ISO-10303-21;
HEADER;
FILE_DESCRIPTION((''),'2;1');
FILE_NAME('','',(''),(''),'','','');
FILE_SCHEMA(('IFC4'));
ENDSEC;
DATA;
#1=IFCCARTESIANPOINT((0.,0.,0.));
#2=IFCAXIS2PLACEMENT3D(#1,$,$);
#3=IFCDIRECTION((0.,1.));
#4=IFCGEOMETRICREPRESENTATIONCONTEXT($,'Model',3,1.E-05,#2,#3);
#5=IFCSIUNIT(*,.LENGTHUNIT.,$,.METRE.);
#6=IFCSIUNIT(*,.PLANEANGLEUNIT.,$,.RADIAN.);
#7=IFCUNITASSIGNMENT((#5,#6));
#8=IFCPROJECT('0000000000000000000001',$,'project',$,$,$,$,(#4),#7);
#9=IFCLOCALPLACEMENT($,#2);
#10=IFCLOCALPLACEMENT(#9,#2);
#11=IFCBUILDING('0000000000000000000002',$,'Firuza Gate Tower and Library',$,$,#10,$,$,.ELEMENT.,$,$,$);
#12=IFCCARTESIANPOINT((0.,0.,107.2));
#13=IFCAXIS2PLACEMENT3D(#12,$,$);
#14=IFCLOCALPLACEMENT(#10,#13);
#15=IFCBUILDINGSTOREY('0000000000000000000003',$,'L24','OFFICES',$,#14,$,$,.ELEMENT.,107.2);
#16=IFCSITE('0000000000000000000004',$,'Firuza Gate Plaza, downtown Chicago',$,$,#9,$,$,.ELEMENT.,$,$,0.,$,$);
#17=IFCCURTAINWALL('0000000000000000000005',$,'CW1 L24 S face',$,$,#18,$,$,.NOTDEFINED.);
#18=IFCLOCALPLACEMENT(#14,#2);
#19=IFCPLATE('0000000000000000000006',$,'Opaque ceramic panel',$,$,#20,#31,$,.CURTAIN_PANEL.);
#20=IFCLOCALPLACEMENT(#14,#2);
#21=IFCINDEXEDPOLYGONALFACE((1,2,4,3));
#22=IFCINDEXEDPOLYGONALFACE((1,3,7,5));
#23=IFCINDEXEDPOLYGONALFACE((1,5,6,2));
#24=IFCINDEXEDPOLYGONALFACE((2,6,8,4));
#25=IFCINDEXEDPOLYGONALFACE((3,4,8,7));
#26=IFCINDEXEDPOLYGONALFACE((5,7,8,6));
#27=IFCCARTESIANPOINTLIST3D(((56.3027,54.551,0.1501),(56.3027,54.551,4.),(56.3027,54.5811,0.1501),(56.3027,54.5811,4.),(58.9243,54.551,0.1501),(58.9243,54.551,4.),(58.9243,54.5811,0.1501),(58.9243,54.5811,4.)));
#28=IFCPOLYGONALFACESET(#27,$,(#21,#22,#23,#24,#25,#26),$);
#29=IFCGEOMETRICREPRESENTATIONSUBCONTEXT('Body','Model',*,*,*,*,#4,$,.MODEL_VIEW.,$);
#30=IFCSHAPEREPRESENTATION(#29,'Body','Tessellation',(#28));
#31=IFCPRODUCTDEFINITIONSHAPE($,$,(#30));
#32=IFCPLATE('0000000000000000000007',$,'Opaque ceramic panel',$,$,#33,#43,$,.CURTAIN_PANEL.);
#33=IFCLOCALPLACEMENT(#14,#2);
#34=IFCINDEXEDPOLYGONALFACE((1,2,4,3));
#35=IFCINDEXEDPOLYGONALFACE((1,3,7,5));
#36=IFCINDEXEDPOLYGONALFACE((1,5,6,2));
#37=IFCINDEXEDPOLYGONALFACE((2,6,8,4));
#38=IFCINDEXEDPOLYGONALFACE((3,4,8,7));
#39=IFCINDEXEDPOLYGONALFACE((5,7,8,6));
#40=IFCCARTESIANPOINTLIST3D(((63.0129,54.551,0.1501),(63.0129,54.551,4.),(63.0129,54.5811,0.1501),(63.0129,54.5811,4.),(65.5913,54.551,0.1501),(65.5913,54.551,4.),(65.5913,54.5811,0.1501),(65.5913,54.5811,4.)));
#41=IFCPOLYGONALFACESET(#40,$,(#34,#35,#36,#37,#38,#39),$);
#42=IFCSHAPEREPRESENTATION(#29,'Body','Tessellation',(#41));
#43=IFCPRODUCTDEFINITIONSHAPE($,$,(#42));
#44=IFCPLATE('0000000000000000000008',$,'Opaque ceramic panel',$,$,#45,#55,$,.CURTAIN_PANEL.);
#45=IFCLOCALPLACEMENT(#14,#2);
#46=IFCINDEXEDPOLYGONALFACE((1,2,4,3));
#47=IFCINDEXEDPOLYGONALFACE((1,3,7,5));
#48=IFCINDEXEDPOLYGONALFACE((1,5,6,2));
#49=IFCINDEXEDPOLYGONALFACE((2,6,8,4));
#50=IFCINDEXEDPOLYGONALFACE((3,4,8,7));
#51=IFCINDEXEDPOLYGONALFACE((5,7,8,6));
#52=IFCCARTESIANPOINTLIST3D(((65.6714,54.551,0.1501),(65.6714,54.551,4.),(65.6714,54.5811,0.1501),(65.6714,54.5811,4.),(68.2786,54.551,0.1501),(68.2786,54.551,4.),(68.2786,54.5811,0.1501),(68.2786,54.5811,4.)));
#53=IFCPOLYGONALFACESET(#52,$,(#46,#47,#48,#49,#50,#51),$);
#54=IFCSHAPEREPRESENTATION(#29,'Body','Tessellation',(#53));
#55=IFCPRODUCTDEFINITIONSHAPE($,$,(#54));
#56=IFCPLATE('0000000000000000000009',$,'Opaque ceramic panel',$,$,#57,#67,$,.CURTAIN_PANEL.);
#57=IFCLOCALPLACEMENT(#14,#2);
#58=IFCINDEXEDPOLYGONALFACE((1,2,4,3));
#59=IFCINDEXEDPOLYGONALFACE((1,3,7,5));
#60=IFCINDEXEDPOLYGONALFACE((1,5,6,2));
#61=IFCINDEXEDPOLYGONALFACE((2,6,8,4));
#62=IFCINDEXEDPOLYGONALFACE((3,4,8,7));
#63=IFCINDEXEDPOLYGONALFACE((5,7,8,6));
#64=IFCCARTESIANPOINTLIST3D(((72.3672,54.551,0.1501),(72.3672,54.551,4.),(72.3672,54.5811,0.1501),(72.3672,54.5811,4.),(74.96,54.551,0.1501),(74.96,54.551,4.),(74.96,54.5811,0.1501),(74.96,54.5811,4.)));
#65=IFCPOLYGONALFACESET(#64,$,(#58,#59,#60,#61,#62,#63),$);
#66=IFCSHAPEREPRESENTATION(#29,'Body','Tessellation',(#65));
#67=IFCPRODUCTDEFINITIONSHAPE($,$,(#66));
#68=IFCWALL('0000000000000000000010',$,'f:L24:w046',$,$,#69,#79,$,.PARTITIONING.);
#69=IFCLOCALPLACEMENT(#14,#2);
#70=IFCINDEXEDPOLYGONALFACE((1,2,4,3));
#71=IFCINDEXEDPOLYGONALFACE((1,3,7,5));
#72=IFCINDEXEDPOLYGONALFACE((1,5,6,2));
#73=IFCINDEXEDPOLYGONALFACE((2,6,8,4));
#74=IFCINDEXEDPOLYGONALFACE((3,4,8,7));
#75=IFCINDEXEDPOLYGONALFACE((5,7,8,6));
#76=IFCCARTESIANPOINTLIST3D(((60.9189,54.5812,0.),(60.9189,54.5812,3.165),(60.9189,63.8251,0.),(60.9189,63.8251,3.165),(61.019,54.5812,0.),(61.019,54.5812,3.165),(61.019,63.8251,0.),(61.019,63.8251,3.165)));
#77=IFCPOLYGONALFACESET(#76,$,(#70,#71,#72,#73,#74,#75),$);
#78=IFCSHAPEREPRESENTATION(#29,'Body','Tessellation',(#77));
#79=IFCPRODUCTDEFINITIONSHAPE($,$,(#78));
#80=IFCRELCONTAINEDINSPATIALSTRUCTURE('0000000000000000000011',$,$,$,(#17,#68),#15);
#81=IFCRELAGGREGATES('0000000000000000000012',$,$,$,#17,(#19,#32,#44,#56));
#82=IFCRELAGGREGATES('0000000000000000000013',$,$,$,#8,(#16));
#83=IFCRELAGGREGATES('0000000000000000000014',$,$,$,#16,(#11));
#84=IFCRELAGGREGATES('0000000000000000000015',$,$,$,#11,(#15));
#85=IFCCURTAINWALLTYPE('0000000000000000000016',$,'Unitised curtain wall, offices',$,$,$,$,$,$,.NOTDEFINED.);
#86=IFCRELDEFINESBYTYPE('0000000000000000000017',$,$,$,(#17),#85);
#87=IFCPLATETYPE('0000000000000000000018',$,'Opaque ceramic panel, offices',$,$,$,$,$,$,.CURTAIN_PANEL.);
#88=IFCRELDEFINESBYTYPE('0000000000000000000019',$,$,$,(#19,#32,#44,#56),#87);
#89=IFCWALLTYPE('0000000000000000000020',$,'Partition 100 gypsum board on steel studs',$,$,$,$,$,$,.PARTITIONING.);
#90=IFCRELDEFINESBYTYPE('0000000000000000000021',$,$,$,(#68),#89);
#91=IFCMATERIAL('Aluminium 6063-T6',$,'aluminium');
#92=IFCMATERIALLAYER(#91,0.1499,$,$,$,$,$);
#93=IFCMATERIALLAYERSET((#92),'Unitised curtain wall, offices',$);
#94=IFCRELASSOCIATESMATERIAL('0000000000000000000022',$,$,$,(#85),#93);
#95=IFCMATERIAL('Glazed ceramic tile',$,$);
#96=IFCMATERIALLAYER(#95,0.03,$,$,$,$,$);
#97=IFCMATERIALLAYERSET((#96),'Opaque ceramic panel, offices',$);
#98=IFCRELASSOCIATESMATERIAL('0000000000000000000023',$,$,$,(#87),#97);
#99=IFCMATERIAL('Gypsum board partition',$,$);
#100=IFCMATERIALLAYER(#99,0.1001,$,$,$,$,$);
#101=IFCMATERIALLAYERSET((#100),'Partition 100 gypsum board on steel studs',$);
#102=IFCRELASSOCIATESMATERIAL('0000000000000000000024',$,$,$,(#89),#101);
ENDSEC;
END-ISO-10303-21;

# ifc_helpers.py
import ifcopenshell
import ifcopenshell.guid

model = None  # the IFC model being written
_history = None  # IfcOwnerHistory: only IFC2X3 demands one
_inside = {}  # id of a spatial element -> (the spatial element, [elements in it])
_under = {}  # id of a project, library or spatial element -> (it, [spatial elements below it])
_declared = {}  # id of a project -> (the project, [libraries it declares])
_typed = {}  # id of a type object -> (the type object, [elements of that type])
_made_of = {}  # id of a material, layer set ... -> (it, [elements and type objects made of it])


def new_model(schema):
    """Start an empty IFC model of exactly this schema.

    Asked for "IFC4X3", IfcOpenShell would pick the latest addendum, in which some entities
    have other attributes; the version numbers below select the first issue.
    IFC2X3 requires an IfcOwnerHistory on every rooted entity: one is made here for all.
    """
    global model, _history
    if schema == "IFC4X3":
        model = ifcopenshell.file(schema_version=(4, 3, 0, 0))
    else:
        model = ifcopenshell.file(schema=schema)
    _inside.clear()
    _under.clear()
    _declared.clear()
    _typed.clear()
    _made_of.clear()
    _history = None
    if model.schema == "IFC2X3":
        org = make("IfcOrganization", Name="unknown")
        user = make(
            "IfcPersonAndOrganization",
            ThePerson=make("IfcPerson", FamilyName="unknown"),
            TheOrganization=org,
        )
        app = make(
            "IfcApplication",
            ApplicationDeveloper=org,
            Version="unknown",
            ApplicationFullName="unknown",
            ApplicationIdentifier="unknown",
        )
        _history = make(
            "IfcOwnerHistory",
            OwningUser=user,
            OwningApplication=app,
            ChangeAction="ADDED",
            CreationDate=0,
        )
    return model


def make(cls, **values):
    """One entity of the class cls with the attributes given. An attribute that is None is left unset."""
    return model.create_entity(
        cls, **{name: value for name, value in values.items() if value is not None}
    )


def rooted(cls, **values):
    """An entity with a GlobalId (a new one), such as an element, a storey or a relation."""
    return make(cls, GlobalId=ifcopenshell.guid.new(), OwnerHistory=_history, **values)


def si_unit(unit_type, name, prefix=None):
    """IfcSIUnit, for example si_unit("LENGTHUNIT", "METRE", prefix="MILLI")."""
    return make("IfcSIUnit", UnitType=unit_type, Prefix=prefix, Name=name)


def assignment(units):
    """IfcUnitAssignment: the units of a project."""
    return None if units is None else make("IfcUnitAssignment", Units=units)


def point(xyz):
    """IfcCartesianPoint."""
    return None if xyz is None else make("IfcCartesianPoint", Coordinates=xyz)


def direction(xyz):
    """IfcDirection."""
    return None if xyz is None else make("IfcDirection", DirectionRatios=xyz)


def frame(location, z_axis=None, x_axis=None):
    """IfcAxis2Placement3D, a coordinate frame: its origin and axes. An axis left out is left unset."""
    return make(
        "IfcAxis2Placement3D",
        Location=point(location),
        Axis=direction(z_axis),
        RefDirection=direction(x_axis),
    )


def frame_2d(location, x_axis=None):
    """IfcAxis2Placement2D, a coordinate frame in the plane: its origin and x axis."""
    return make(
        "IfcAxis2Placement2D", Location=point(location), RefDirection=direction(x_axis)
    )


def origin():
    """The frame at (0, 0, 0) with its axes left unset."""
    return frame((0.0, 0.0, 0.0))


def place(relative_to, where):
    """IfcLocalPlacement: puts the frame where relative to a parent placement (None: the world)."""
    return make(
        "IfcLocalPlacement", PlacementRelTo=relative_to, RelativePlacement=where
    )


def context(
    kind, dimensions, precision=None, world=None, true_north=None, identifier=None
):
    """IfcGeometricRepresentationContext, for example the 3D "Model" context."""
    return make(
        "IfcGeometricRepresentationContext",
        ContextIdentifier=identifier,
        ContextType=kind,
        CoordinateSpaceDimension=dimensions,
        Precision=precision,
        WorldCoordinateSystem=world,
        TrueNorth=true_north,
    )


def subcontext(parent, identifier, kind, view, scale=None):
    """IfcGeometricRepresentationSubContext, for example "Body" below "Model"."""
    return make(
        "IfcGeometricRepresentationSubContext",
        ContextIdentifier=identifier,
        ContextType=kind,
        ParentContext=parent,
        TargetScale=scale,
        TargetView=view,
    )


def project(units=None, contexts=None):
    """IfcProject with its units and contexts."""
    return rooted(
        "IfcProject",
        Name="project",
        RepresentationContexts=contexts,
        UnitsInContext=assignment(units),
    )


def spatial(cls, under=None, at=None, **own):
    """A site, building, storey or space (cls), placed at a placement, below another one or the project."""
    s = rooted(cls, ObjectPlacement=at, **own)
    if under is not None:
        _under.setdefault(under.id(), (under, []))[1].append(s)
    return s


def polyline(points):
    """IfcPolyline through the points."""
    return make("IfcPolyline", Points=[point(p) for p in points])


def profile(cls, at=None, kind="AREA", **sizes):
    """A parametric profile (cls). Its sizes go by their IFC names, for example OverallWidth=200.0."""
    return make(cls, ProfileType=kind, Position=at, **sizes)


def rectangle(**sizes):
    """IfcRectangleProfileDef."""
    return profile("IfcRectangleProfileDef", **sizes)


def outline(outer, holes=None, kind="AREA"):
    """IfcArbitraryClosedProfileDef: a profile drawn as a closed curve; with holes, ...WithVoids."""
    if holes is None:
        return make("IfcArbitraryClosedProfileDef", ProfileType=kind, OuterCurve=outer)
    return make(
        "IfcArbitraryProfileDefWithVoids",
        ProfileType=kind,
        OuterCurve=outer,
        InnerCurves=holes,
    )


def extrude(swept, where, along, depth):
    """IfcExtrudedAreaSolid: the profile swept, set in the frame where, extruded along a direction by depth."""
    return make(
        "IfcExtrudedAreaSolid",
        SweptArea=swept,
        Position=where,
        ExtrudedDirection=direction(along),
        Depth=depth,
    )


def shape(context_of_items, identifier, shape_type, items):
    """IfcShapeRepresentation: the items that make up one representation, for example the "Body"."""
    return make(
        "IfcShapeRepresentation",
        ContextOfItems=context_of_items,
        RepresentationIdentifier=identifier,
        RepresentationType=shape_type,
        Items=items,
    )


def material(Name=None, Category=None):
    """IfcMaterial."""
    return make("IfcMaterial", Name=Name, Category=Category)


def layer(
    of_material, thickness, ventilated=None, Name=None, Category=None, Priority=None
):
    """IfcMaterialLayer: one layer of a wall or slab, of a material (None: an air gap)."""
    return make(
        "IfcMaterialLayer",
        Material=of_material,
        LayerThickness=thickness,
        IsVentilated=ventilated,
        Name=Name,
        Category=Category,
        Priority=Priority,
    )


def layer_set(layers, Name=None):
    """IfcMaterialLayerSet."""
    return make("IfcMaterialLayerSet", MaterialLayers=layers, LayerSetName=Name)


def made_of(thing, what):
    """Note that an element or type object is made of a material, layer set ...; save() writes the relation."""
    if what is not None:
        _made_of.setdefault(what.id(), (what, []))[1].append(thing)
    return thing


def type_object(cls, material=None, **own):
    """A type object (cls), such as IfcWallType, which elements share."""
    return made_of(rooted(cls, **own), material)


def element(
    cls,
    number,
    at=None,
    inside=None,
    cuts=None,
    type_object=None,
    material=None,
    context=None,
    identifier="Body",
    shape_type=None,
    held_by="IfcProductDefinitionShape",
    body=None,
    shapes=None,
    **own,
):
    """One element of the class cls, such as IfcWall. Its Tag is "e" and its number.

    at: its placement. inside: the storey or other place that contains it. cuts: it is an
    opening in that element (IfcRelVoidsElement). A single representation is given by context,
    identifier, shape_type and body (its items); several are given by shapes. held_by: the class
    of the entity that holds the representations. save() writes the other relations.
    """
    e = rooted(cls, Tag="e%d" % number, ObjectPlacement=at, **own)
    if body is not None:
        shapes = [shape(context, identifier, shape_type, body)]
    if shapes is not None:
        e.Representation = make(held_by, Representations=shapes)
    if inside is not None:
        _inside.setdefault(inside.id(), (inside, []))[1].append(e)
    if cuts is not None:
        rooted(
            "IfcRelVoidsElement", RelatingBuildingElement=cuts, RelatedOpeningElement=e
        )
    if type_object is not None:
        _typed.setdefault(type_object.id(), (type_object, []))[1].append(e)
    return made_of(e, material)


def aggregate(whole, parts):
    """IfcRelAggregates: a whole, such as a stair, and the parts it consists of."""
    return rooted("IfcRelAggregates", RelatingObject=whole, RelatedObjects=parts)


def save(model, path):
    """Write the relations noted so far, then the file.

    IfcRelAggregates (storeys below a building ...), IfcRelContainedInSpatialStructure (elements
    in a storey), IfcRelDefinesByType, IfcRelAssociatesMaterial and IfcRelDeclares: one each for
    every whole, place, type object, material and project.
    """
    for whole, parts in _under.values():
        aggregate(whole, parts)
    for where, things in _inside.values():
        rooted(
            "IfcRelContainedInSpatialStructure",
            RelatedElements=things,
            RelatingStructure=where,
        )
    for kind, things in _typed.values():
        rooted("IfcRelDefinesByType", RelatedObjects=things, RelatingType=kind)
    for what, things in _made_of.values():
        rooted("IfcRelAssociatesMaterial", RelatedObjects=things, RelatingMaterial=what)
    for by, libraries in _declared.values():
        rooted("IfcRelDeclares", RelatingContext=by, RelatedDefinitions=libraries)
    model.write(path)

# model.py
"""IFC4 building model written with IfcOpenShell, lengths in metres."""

from ifc_helpers import new_model, si_unit, direction, frame, frame_2d, origin, place, context, subcontext, project, spatial, polyline, rectangle, outline, extrude, material, layer, layer_set, type_object, element, aggregate, save


model = new_model("IFC4")

# Units and contexts
model_context = context("Model", 3, precision=1e-05, world=origin(), true_north=direction((0.0, 1.0)))
body_context = subcontext(model_context, "Body", "Model", "MODEL_VIEW")
ifc_project = project(units=[si_unit("LENGTHUNIT", "METRE"), si_unit("PLANEANGLEUNIT", "RADIAN")], contexts=[model_context])

# Site, building, storey
site_placement = place(None, origin())
site = spatial("IfcSite", under=ifc_project, at=site_placement, Name="Firuza Gate Plaza, downtown Chicago", CompositionType="ELEMENT", RefElevation=0.0)
building_placement = place(site_placement, origin())
building = spatial("IfcBuilding", under=site, at=building_placement, Name="Firuza Gate Tower and Library", CompositionType="ELEMENT")
storey_placement = place(building_placement, frame((0.0, 0.0, 107.2)))
storey = spatial("IfcBuildingStorey", under=building, at=storey_placement, Name="L24", Description="OFFICES", CompositionType="ELEMENT", Elevation=107.2)

# Curtain wall
ifc_material_1 = material(Name="Aluminium 6063-T6", Category="aluminium")
ifc_layer_1 = layer(ifc_material_1, 0.1499)
ifc_layer_set_1 = layer_set([ifc_layer_1], Name="Unitised curtain wall, offices")
curtain_wall_type = type_object("IfcCurtainWallType", Name="Unitised curtain wall, offices", PredefinedType="NOTDEFINED", material=ifc_layer_set_1)
curtain_wall_placement = place(storey_placement, origin())
curtain_wall = element("IfcCurtainWall", 1, at=curtain_wall_placement, inside=storey, type_object=curtain_wall_type, Name="CW1 L24 S face", PredefinedType="NOTDEFINED")

# Plates
ifc_material_2 = material(Name="Glazed ceramic tile")
ifc_layer_2 = layer(ifc_material_2, 0.03)
ifc_layer_set_2 = layer_set([ifc_layer_2], Name="Opaque ceramic panel, offices")
plate_type_1 = type_object("IfcPlateType", Name="Opaque ceramic panel, offices", PredefinedType="CURTAIN_PANEL", material=ifc_layer_set_2)
plate_1_placement = place(storey_placement, frame((56.3027, 54.551, 0.1501), z_axis=(0.0, -1.0, 0.0), x_axis=(1.0, 0.0, 0.0)))
plate_1 = element("IfcPlate", 2, at=plate_1_placement, type_object=plate_type_1, Name="Opaque ceramic panel", PredefinedType="CURTAIN_PANEL", context=body_context, shape_type="SweptSolid", body=[
    extrude(outline(polyline([(0.0, 0.0), (2.6216, 0.0), (2.6216, 3.8499), (0.0, 3.8499), (0.0, 0.0)])), origin(), (0.0, 0.0, -1.0), 0.03),
])
plate_2_placement = place(storey_placement, frame((63.0129, 54.551, 0.1501), z_axis=(0.0, -1.0, 0.0), x_axis=(1.0, 0.0, 0.0)))
plate_2 = element("IfcPlate", 3, at=plate_2_placement, type_object=plate_type_1, Name="Opaque ceramic panel", PredefinedType="CURTAIN_PANEL", context=body_context, shape_type="SweptSolid", body=[
    extrude(outline(polyline([(0.0, 0.0), (2.5784, 0.0), (2.5784, 3.8499), (0.0, 3.8499), (0.0, 0.0)])), origin(), (0.0, 0.0, -1.0), 0.03),
])
plate_3_placement = place(storey_placement, frame((65.6714, 54.551, 0.1501), z_axis=(0.0, -1.0, 0.0), x_axis=(1.0, 0.0, 0.0)))
plate_3 = element("IfcPlate", 4, at=plate_3_placement, type_object=plate_type_1, Name="Opaque ceramic panel", PredefinedType="CURTAIN_PANEL", context=body_context, shape_type="SweptSolid", body=[
    extrude(outline(polyline([(0.0, 0.0), (2.6072, 0.0), (2.6072, 3.8499), (0.0, 3.8499), (0.0, 0.0)])), origin(), (0.0, 0.0, -1.0), 0.03),
])
plate_4_placement = place(storey_placement, frame((72.3672, 54.551, 0.1501), z_axis=(0.0, -1.0, 0.0), x_axis=(1.0, 0.0, 0.0)))
plate_4 = element("IfcPlate", 5, at=plate_4_placement, type_object=plate_type_1, Name="Opaque ceramic panel", PredefinedType="CURTAIN_PANEL", context=body_context, shape_type="SweptSolid", body=[
    extrude(outline(polyline([(0.0, 0.0), (2.5928, 0.0), (2.5928, 3.8499), (0.0, 3.8499), (0.0, 0.0)])), origin(), (0.0, 0.0, -1.0), 0.03),
])
aggregate(curtain_wall, [plate_1, plate_2, plate_3, plate_4])

# Wall
ifc_material_3 = material(Name="Gypsum board partition")
ifc_layer_3 = layer(ifc_material_3, 0.1001)
ifc_layer_set_3 = layer_set([ifc_layer_3], Name="Partition 100 gypsum board on steel studs")
wall_type = type_object("IfcWallType", Name="Partition 100 gypsum board on steel studs", PredefinedType="PARTITIONING", material=ifc_layer_set_3)
wall_placement = place(storey_placement, frame((60.969, 54.5811, 0.0), z_axis=(0.0, 0.0, 1.0), x_axis=(0.0, 1.0, 0.0)))
element("IfcWall", 6, at=wall_placement, inside=storey, type_object=wall_type, Name="f:L24:w046", PredefinedType="PARTITIONING", context=body_context, shape_type="SweptSolid", body=[
    extrude(rectangle(XDim=9.2439, YDim=0.1001, at=frame_2d((4.6221, 0.0))), origin(), (0.0, 0.0, 1.0), 3.165),
])

save(model, "model.ifc")
